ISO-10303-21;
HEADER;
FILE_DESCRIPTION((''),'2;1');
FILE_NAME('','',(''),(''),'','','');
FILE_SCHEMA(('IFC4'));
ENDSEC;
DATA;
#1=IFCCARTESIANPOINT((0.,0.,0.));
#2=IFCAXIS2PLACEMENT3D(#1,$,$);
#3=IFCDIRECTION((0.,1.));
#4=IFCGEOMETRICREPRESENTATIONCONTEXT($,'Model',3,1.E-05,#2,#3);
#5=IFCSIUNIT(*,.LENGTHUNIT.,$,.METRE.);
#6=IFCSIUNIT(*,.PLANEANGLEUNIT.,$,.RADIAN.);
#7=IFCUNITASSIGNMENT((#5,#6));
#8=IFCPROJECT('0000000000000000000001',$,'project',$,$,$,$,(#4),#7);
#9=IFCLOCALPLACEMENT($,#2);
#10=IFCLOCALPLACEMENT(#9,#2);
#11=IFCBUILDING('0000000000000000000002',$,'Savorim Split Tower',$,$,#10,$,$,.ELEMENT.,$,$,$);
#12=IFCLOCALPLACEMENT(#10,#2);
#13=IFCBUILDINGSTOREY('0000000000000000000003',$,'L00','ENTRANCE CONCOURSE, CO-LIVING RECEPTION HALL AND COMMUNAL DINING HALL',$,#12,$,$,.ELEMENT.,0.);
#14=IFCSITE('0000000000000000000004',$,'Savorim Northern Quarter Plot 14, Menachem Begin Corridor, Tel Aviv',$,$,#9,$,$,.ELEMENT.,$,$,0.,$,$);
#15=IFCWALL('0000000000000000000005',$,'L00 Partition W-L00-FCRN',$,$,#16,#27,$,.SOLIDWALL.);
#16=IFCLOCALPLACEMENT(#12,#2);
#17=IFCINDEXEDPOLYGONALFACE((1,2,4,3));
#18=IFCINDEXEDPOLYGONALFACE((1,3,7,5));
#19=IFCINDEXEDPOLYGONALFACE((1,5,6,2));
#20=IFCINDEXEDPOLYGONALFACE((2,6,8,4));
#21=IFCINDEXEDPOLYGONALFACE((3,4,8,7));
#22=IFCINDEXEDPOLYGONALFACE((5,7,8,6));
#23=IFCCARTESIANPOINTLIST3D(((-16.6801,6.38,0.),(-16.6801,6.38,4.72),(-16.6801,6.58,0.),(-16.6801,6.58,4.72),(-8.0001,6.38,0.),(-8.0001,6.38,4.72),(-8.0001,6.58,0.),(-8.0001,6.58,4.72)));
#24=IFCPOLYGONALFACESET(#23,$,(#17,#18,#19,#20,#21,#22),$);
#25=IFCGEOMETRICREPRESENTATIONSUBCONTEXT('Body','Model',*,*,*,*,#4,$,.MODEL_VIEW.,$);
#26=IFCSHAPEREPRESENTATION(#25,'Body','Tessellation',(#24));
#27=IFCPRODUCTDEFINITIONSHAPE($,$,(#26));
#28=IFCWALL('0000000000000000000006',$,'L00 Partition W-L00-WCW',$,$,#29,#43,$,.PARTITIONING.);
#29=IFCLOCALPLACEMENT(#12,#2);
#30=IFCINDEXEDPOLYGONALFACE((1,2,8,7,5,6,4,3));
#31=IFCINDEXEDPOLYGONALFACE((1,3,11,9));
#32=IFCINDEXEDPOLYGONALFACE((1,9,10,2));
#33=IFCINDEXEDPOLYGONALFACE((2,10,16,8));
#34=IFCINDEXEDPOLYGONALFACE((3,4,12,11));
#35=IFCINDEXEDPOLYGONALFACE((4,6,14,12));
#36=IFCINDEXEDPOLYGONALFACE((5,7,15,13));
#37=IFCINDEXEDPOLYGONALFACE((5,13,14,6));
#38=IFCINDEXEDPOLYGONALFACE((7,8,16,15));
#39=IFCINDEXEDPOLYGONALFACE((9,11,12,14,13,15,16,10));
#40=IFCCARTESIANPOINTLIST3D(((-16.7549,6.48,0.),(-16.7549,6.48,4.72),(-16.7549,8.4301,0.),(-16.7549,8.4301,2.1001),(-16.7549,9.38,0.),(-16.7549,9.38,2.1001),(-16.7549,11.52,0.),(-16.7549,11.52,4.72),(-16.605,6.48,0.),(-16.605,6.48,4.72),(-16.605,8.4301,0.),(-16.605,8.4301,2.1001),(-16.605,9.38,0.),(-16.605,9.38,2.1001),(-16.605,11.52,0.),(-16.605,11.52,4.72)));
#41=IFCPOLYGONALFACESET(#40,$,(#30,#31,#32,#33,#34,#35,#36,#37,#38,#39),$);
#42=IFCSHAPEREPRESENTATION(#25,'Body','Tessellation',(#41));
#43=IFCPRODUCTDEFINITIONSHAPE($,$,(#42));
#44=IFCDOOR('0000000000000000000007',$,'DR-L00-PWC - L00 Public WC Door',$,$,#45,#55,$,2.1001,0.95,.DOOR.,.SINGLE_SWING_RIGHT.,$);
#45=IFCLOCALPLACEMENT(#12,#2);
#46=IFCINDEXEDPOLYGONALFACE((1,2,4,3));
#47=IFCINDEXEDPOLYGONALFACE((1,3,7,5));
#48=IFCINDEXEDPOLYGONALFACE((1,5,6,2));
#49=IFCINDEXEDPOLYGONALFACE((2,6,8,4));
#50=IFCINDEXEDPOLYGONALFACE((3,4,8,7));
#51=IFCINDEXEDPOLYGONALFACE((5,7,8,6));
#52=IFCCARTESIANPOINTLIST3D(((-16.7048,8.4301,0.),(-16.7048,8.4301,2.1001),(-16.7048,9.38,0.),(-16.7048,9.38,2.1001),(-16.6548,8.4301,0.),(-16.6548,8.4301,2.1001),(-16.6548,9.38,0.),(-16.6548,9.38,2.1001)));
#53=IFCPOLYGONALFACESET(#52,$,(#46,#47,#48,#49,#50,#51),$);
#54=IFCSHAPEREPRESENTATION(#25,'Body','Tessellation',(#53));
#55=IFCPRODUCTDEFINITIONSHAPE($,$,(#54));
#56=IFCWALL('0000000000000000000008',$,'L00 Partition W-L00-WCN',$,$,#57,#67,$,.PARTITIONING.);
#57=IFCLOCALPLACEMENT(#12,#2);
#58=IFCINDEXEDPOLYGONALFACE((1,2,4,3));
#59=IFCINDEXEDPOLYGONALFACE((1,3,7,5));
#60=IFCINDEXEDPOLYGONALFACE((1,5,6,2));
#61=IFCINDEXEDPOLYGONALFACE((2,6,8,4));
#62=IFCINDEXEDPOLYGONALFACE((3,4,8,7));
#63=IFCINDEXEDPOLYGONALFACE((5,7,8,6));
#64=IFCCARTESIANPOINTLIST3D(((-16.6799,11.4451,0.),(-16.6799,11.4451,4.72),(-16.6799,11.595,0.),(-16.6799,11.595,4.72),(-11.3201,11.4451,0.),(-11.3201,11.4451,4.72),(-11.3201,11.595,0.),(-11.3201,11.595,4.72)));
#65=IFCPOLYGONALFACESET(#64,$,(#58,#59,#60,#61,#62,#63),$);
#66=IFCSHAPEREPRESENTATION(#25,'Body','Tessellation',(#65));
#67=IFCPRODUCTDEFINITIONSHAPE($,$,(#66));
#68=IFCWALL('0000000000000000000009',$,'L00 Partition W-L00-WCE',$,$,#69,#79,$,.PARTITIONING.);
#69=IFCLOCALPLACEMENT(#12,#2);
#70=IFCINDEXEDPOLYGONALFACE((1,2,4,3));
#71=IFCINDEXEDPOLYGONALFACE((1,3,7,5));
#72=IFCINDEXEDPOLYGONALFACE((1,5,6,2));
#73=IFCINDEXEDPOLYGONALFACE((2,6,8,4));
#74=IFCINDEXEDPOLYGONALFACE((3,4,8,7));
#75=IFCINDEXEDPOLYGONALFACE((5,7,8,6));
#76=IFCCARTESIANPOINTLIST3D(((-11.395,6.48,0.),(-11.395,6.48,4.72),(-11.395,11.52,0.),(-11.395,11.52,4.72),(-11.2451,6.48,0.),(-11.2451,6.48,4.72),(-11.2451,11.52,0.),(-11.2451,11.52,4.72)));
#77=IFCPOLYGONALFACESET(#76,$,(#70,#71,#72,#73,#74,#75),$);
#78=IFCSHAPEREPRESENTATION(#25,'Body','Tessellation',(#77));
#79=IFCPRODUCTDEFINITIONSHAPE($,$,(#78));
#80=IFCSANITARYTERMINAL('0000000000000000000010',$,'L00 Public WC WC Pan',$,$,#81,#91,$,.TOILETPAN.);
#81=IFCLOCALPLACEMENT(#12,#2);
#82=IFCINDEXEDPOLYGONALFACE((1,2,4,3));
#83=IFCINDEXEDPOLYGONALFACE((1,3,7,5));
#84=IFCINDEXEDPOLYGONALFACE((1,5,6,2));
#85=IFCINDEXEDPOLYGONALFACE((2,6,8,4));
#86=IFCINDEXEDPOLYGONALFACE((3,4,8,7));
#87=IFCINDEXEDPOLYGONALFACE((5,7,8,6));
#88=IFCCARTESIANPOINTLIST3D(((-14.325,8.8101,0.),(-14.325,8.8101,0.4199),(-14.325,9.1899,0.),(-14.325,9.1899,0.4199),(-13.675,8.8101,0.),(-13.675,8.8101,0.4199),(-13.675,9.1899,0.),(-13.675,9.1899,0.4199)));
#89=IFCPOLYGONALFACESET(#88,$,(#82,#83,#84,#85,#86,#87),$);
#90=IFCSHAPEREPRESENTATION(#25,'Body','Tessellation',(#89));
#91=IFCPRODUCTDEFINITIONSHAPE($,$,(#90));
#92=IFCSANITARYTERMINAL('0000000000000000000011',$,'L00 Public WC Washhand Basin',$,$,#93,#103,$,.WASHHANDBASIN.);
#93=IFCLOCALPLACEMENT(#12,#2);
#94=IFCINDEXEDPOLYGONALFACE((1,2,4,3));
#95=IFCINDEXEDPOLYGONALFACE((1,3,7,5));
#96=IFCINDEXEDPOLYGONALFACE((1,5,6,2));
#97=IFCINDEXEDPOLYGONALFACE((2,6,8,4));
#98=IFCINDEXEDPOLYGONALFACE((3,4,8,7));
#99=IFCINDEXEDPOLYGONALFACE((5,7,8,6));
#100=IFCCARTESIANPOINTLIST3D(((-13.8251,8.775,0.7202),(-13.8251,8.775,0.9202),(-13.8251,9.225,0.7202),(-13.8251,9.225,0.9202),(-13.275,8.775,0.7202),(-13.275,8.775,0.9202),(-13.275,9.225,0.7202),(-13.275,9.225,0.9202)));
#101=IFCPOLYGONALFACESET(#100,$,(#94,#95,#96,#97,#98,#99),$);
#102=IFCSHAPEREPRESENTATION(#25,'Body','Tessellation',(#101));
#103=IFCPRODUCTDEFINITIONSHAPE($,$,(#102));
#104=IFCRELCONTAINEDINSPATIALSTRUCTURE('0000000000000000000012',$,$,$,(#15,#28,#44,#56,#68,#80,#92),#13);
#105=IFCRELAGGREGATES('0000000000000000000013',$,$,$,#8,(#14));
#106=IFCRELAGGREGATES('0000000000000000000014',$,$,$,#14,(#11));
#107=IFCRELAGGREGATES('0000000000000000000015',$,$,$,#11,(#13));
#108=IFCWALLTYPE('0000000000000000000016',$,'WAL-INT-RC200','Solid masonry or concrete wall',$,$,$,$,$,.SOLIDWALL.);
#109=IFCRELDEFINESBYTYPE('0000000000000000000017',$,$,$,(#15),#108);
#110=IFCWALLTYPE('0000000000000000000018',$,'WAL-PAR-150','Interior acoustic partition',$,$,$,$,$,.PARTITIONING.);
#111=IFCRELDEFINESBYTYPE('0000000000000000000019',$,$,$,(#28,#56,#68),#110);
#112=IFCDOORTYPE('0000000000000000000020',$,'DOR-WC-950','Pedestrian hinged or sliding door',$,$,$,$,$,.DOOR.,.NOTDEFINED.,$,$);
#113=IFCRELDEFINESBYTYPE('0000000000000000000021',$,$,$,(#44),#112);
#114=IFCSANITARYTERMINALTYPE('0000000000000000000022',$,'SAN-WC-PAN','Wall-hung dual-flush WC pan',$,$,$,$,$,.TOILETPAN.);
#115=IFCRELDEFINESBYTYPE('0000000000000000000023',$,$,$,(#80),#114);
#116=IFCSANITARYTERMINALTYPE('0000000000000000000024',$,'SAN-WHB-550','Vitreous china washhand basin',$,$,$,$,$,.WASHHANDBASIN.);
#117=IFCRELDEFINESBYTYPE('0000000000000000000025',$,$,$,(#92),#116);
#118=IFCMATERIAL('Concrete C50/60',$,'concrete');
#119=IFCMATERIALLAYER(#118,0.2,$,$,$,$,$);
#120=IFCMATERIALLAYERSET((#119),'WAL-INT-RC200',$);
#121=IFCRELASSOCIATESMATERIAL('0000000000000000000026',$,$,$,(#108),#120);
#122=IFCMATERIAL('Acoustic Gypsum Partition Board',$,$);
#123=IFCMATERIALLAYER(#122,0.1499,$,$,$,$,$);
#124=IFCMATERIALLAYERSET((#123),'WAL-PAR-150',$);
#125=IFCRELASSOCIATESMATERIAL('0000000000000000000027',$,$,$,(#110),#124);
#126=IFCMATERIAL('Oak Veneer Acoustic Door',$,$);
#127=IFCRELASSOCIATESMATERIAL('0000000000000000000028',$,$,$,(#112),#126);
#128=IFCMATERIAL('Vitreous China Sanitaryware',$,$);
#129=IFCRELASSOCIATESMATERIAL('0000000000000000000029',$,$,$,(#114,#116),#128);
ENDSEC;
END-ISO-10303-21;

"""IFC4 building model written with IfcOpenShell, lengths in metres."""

from ifc_helpers import new_model, si_unit, direction, frame, frame_2d, origin, origin_2d, place, context, subcontext, project, spatial, rectangle, extrude, material, layer, layer_set, type_object, element, fill, save


model = new_model("IFC4")

# Units and contexts
model_context = context("Model", 3, precision=1e-05, world=origin(), true_north=direction((0.0, 1.0)))
body_context = subcontext(model_context, "Body", "Model", "MODEL_VIEW")
ifc_project = project(units=[si_unit("LENGTHUNIT", "METRE"), si_unit("PLANEANGLEUNIT", "RADIAN")], contexts=[model_context])

# Site, building, storey
site_placement = place(None, origin())
site = spatial("IfcSite", under=ifc_project, at=site_placement, Name="Savorim Northern Quarter Plot 14, Menachem Begin Corridor, Tel Aviv", CompositionType="ELEMENT", RefElevation=0.0)
building_placement = place(site_placement, origin())
building = spatial("IfcBuilding", under=site, at=building_placement, Name="Savorim Split Tower", CompositionType="ELEMENT")
storey_placement = place(building_placement, origin())
storey = spatial("IfcBuildingStorey", under=building, at=storey_placement, Name="L00", Description="ENTRANCE CONCOURSE, CO-LIVING RECEPTION HALL AND COMMUNAL DINING HALL", CompositionType="ELEMENT", Elevation=0.0)

# Shared definitions
ifc_material_1 = material(Name="Concrete C50/60", Category="concrete")

# Shared definitions
ifc_layer_1 = layer(ifc_material_1, 0.2)
ifc_layer_set_1 = layer_set([ifc_layer_1], Name="WAL-INT-RC200")
wall_type_1 = type_object("IfcWallType", Name="WAL-INT-RC200", Description="Solid masonry or concrete wall", PredefinedType="SOLIDWALL", material=ifc_layer_set_1)

# Wall
wall_1_placement = place(storey_placement, frame((-16.6799, 6.48, 0.0), z_axis=(0.0, 0.0, 1.0), x_axis=(1.0, 0.0, 0.0)))
element("IfcWall", 1, at=wall_1_placement, inside=storey, type_object=wall_type_1, Name="L00 Partition W-L00-FCRN", PredefinedType="SOLIDWALL", context=body_context, shape_type="SweptSolid", body=[
    extrude(rectangle(XDim=8.6799, YDim=0.2, at=frame_2d((4.3398, 0.0))), origin(), (0.0, 0.0, 1.0), 4.72),
])

# Wall, opening, door
ifc_material_2 = material(Name="Acoustic Gypsum Partition Board")
ifc_layer_2 = layer(ifc_material_2, 0.1499)
ifc_layer_set_2 = layer_set([ifc_layer_2], Name="WAL-PAR-150")
wall_type_2 = type_object("IfcWallType", Name="WAL-PAR-150", Description="Interior acoustic partition", PredefinedType="PARTITIONING", material=ifc_layer_set_2)
wall_2_placement = place(storey_placement, frame((-16.6799, 6.48, 0.0), z_axis=(0.0, 0.0, 1.0), x_axis=(0.0, 1.0, 0.0)))
wall_2 = element("IfcWall", 2, at=wall_2_placement, inside=storey, type_object=wall_type_2, Name="L00 Partition W-L00-WCW", PredefinedType="PARTITIONING", context=body_context, shape_type="SweptSolid", body=[
    extrude(rectangle(XDim=5.04, YDim=0.1499, at=frame_2d((2.52, 0.0))), origin(), (0.0, 0.0, 1.0), 4.72),
])
opening_1_placement = place(wall_2_placement, frame((1.95, 0.0, 0.0)))
opening_1 = element("IfcOpeningElement", 3, at=opening_1_placement, cuts=wall_2, PredefinedType="OPENING", context=body_context, shape_type="SweptSolid", body=[
    extrude(rectangle(XDim=0.95, YDim=2.1001, at=frame_2d((0.4751, 1.05))), frame((0.0, 0.085, 0.0), z_axis=(0.0, -1.0, 0.0), x_axis=(1.0, 0.0, 0.0)), (0.0, 0.0, 1.0), 0.1699),
])
ifc_material_3 = material(Name="Oak Veneer Acoustic Door")
door_type_1 = type_object("IfcDoorType", Name="DOR-WC-950", Description="Pedestrian hinged or sliding door", OperationType="NOTDEFINED", PredefinedType="DOOR", material=ifc_material_3)
door_1_placement = place(opening_1_placement, origin())
door_1 = element("IfcDoor", 4, at=door_1_placement, inside=storey, type_object=door_type_1, Name="DR-L00-PWC - L00 Public WC Door", OperationType="SINGLE_SWING_RIGHT", OverallHeight=2.1001, OverallWidth=0.95, PredefinedType="DOOR", context=body_context, shape_type="SweptSolid", body=[
    extrude(rectangle(XDim=0.95, YDim=2.1001, at=frame_2d((0.4751, 1.05))), frame((0.0, 0.0249, 0.0), z_axis=(0.0, -1.0, 0.0), x_axis=(1.0, 0.0, 0.0)), (0.0, 0.0, 1.0), 0.05),
])
fill(opening_1, door_1)

# Walls
wall_3_placement = place(storey_placement, frame((-16.6799, 11.52, 0.0), z_axis=(0.0, 0.0, 1.0), x_axis=(1.0, 0.0, 0.0)))
element("IfcWall", 5, at=wall_3_placement, inside=storey, type_object=wall_type_2, Name="L00 Partition W-L00-WCN", PredefinedType="PARTITIONING", context=body_context, shape_type="SweptSolid", body=[
    extrude(rectangle(XDim=5.3599, YDim=0.1499, at=frame_2d((2.6799, 0.0))), origin(), (0.0, 0.0, 1.0), 4.72),
])
wall_4_placement = place(storey_placement, frame((-11.3201, 6.48, 0.0), z_axis=(0.0, 0.0, 1.0), x_axis=(0.0, 1.0, 0.0)))
element("IfcWall", 6, at=wall_4_placement, inside=storey, type_object=wall_type_2, Name="L00 Partition W-L00-WCE", PredefinedType="PARTITIONING", context=body_context, shape_type="SweptSolid", body=[
    extrude(rectangle(XDim=5.04, YDim=0.1499, at=frame_2d((2.52, 0.0))), origin(), (0.0, 0.0, 1.0), 4.72),
])

# Sanitary terminals
ifc_material_4 = material(Name="Vitreous China Sanitaryware")
sanitary_terminal_type_1 = type_object("IfcSanitaryTerminalType", Name="SAN-WC-PAN", Description="Wall-hung dual-flush WC pan", PredefinedType="TOILETPAN", material=ifc_material_4)
sanitary_terminal_1_placement = place(storey_placement, frame((-14.0, 9.0, 0.0), z_axis=(0.0, 0.0, 1.0), x_axis=(1.0, 0.0, 0.0)))
element("IfcSanitaryTerminal", 7, at=sanitary_terminal_1_placement, inside=storey, type_object=sanitary_terminal_type_1, Name="L00 Public WC WC Pan", PredefinedType="TOILETPAN", context=body_context, shape_type="SweptSolid", body=[
    extrude(rectangle(XDim=0.6499, YDim=0.3799, at=origin_2d()), origin(), (0.0, 0.0, 1.0), 0.4199),
])
sanitary_terminal_type_2 = type_object("IfcSanitaryTerminalType", Name="SAN-WHB-550", Description="Vitreous china washhand basin", PredefinedType="WASHHANDBASIN", material=ifc_material_4)
sanitary_terminal_2_placement = place(storey_placement, frame((-13.55, 9.0, 0.7202), z_axis=(0.0, 0.0, 1.0), x_axis=(1.0, 0.0, 0.0)))
element("IfcSanitaryTerminal", 8, at=sanitary_terminal_2_placement, inside=storey, type_object=sanitary_terminal_type_2, Name="L00 Public WC Washhand Basin", PredefinedType="WASHHANDBASIN", context=body_context, shape_type="SweptSolid", body=[
    extrude(rectangle(XDim=0.55, YDim=0.45, at=origin_2d()), origin(), (0.0, 0.0, 1.0), 0.2),
])

save(model, "model.ifc")
